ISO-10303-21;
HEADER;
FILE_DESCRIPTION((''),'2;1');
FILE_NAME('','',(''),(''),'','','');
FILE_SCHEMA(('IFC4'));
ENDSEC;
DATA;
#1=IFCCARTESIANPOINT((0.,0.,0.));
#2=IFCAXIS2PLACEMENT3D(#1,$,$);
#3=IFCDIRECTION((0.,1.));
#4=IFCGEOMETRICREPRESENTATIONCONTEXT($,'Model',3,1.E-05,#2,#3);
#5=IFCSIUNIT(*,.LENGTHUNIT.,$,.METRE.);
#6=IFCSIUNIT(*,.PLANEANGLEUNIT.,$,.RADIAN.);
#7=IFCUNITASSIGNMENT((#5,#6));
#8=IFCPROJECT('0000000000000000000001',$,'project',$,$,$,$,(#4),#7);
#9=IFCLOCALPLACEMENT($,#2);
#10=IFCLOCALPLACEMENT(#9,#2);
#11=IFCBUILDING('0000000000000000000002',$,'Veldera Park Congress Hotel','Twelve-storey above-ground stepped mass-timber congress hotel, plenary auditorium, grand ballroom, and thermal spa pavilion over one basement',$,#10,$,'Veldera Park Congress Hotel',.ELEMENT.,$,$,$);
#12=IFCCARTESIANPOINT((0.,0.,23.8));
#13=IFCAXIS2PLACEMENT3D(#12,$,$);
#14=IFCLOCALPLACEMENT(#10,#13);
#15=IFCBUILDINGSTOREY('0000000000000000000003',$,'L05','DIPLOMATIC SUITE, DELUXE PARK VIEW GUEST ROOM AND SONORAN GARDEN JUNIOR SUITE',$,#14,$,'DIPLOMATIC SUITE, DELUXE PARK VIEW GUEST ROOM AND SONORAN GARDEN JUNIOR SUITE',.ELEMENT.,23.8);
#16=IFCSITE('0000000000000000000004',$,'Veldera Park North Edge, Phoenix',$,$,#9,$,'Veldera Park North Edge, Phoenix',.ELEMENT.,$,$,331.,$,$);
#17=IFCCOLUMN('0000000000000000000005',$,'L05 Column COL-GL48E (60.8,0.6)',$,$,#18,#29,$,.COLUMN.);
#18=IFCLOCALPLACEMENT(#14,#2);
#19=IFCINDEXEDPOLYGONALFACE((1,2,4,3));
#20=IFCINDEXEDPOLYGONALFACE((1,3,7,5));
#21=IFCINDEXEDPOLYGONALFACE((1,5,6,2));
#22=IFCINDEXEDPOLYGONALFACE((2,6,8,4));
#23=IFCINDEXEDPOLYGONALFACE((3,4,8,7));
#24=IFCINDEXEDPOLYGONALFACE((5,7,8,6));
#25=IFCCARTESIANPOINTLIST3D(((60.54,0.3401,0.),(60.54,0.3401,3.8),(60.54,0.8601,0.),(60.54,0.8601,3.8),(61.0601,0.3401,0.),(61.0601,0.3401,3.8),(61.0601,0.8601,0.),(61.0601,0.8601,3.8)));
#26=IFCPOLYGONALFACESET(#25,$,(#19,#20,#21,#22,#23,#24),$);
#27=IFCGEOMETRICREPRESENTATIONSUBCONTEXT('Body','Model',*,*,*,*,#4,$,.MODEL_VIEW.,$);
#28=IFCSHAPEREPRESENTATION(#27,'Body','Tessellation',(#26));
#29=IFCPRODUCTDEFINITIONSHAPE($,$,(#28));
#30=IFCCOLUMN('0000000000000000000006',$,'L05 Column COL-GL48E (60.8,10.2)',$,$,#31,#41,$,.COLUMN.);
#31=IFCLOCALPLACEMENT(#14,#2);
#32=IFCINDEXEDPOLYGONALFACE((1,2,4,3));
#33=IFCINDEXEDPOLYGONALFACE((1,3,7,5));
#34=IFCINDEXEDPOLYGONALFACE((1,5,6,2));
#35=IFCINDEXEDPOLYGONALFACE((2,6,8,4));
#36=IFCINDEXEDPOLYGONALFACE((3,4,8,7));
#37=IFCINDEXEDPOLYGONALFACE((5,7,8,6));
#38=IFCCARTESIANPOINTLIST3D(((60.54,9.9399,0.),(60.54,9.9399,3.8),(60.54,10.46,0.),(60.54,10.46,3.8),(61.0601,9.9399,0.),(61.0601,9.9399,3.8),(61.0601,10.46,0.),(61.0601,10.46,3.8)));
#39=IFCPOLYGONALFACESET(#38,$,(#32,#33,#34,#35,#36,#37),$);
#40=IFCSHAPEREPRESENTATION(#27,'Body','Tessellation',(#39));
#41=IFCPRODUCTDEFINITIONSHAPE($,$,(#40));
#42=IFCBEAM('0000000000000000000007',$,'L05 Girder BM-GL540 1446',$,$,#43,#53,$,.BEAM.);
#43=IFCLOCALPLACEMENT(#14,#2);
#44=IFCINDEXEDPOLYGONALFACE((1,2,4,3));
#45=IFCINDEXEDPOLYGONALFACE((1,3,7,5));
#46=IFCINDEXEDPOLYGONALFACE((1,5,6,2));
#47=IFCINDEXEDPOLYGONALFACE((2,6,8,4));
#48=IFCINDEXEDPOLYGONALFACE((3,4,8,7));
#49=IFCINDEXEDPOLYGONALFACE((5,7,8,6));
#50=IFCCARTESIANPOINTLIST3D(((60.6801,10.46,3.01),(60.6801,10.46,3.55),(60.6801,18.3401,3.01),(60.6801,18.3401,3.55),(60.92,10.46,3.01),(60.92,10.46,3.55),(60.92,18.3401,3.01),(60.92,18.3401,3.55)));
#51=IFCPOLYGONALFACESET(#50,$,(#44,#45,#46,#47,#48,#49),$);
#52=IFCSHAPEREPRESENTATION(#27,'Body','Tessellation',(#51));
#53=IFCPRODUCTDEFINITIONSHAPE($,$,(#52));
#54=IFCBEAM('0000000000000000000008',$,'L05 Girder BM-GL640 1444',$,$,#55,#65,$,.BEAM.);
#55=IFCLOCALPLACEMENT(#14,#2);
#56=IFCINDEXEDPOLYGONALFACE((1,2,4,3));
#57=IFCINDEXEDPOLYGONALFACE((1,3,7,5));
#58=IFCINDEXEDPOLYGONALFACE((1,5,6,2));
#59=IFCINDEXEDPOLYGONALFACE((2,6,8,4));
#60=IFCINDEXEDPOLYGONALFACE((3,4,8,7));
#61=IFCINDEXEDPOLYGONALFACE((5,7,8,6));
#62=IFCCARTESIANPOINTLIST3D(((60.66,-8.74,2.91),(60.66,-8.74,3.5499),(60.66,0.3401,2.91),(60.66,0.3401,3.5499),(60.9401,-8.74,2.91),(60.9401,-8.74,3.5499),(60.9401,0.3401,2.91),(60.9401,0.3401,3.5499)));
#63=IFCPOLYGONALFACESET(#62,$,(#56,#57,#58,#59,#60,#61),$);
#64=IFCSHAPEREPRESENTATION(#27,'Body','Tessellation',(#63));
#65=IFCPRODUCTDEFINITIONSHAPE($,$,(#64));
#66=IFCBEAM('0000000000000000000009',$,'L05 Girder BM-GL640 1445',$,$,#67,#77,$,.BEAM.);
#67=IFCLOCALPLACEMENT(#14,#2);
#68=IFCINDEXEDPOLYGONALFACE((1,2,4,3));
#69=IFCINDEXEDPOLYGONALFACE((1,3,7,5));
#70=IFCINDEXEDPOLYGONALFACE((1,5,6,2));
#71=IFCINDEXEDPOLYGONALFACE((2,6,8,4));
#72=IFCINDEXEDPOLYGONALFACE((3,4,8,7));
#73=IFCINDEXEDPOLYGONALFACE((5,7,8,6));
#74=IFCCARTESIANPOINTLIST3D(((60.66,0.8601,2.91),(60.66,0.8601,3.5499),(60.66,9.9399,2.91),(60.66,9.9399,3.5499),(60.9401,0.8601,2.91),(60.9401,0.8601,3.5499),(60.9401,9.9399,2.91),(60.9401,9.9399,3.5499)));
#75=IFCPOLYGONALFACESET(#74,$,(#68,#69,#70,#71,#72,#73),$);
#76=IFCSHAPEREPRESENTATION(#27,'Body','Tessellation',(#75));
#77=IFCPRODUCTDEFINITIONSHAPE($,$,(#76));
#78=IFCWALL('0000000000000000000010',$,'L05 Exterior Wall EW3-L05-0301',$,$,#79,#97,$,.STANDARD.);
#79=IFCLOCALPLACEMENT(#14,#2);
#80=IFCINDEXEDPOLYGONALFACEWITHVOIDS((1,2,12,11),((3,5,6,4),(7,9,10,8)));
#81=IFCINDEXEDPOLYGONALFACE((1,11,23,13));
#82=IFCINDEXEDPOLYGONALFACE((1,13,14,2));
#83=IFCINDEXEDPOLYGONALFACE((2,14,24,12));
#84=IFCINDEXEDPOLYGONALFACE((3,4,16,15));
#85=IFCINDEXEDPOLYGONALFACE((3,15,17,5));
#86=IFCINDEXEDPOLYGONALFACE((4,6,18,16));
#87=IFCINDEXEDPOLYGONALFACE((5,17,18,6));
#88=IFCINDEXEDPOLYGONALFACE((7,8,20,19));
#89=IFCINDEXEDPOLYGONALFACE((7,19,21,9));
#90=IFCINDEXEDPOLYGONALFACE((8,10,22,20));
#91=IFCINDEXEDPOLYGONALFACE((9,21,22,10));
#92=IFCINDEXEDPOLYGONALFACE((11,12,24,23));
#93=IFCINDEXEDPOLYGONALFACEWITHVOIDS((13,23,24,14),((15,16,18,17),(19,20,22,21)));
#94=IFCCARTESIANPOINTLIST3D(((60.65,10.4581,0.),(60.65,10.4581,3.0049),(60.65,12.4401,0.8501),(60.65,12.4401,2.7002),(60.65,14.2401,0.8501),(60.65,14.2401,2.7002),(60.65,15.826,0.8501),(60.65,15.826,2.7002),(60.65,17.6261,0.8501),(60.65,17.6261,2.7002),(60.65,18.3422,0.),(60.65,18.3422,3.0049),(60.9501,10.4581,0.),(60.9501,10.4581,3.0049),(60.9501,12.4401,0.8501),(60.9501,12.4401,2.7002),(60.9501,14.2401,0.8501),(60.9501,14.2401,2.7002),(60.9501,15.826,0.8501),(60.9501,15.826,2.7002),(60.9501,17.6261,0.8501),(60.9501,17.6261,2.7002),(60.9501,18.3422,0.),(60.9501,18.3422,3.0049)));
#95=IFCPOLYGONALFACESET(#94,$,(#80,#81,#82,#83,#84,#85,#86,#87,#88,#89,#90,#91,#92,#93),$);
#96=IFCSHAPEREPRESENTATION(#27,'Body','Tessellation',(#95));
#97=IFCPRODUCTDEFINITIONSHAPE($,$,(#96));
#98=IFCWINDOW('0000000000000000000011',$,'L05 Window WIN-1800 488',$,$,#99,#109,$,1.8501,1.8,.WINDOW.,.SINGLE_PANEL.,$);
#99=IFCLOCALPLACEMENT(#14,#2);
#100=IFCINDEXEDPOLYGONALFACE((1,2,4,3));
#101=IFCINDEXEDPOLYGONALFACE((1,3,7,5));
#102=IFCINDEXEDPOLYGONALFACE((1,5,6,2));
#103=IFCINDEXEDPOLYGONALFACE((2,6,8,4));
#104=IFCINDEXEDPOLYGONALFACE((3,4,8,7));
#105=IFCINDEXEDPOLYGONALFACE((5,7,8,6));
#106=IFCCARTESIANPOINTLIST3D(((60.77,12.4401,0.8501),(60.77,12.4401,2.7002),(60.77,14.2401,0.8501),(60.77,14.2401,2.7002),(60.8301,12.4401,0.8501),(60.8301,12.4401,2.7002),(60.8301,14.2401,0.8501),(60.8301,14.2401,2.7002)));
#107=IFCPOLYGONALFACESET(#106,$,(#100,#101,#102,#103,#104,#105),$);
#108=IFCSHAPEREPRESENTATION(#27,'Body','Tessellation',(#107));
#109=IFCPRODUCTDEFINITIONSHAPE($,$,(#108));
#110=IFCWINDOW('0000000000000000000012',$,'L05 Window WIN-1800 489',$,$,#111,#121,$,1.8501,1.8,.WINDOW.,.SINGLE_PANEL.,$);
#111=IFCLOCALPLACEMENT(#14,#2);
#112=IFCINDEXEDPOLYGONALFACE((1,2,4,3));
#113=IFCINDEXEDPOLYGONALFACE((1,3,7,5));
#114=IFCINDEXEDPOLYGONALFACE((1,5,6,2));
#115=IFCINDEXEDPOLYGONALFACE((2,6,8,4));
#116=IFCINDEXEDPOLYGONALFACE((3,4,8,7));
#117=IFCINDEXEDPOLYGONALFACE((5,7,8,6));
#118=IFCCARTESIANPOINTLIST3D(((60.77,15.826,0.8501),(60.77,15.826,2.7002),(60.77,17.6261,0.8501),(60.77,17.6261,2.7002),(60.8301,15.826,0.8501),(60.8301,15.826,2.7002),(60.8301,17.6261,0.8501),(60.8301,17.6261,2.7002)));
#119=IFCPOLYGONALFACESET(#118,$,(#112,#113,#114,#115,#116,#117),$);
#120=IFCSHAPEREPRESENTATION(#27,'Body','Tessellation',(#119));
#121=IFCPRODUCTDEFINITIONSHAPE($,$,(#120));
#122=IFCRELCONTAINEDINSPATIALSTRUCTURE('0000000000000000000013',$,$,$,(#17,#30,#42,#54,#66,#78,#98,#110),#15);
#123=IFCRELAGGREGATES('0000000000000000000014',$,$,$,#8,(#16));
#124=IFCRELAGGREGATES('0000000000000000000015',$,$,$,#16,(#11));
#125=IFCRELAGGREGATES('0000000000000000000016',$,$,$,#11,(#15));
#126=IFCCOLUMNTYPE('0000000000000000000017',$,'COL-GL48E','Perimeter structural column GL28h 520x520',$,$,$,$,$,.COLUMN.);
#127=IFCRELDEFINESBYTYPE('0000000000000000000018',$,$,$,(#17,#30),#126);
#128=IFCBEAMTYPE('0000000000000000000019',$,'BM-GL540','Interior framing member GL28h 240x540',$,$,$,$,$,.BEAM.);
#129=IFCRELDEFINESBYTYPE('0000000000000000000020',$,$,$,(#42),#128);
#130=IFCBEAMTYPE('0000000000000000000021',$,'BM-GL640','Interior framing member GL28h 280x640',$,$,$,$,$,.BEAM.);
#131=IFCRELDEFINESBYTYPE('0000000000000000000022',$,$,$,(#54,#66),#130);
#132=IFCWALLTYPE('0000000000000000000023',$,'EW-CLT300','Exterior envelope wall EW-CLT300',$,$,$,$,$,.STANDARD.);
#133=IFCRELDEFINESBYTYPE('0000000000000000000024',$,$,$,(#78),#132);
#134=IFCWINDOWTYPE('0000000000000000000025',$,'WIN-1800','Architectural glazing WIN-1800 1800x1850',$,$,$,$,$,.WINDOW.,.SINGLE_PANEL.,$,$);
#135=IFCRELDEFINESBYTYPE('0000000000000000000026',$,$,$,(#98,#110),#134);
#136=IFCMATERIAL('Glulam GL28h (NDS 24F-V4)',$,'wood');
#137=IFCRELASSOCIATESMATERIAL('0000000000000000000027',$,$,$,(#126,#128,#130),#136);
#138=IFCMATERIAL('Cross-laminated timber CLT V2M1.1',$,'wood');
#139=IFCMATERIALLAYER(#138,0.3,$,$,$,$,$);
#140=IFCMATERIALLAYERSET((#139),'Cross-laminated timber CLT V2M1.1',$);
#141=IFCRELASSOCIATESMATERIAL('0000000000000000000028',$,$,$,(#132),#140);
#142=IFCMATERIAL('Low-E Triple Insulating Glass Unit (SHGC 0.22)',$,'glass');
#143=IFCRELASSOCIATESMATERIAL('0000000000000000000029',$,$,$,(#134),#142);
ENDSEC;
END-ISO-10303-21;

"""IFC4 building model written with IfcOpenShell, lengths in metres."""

from ifc_helpers import new_model, si_unit, direction, frame, frame_2d, origin, origin_2d, place, context, subcontext, project, spatial, rectangle, extrude, material, layer, layer_set, material_profile, profile_set, type_object, element, fill, save


model = new_model("IFC4")

# Units and contexts
model_context = context("Model", 3, precision=1e-05, world=origin(), true_north=direction((0.0, 1.0)))
body_context = subcontext(model_context, "Body", "Model", "MODEL_VIEW")
ifc_project = project(units=[si_unit("LENGTHUNIT", "METRE"), si_unit("PLANEANGLEUNIT", "RADIAN")], contexts=[model_context])

# Site, building, storey
site_placement = place(None, origin())
site = spatial("IfcSite", under=ifc_project, at=site_placement, Name="Veldera Park North Edge, Phoenix", LongName="Veldera Park North Edge, Phoenix", CompositionType="ELEMENT", RefElevation=331.0)
building_placement = place(site_placement, origin())
building = spatial("IfcBuilding", under=site, at=building_placement, Name="Veldera Park Congress Hotel", Description="Twelve-storey above-ground stepped mass-timber congress hotel, plenary auditorium, grand ballroom, and thermal spa pavilion over one basement", LongName="Veldera Park Congress Hotel", CompositionType="ELEMENT")
storey_placement = place(building_placement, frame((0.0, 0.0, 23.8)))
storey = spatial("IfcBuildingStorey", under=building, at=storey_placement, Name="L05", Description="DIPLOMATIC SUITE, DELUXE PARK VIEW GUEST ROOM AND SONORAN GARDEN JUNIOR SUITE", LongName="DIPLOMATIC SUITE, DELUXE PARK VIEW GUEST ROOM AND SONORAN GARDEN JUNIOR SUITE", CompositionType="ELEMENT", Elevation=23.8)

# Columns
ifc_material_1 = material(Name="Glulam GL28h (NDS 24F-V4)", Category="wood")
ifc_material_profile_1 = material_profile(ifc_material_1, rectangle(XDim=0.52, YDim=0.52, at=origin_2d()), Name="GL28h 520x520")
ifc_profile_set_1 = profile_set([ifc_material_profile_1], Name="Glulam GL28h (NDS 24F-V4)")
column_type = type_object("IfcColumnType", Name="COL-GL48E", Description="Perimeter structural column GL28h 520x520", PredefinedType="COLUMN", material=ifc_profile_set_1)
for number, where, z_axis, x_axis, name in (
    (1, (60.8, 0.6001, 0.0), (0.0, 0.0, 1.0), (1.0, 0.0, 0.0), "L05 Column COL-GL48E (60.8,0.6)"),
    (2, (60.8, 10.2, 0.0), (0.0, 0.0, 1.0), (1.0, 0.0, 0.0), "L05 Column COL-GL48E (60.8,10.2)"),
):
    element("IfcColumn", number, at=place(storey_placement, frame(where, z_axis=z_axis, x_axis=x_axis)), inside=storey, type_object=column_type, Name=name, PredefinedType="COLUMN", context=body_context, shape_type="SweptSolid", body=[
        extrude(rectangle(XDim=0.52, YDim=0.52, at=origin_2d()), origin(), (0.0, 0.0, 1.0), 3.8),
    ])

# Beams
ifc_material_profile_2 = material_profile(ifc_material_1, rectangle(XDim=0.24, YDim=0.54, at=origin_2d()), Name="GL28h 240x540")
ifc_profile_set_2 = profile_set([ifc_material_profile_2], Name="Glulam GL28h (NDS 24F-V4)")
beam_type_1 = type_object("IfcBeamType", Name="BM-GL540", Description="Interior framing member GL28h 240x540", PredefinedType="BEAM", material=ifc_profile_set_2)
beam_1_placement = place(storey_placement, frame((60.8, 10.46, 3.28), z_axis=(0.0, 1.0, 0.0), x_axis=(-1.0, 0.0, 0.0)))
element("IfcBeam", 3, at=beam_1_placement, inside=storey, type_object=beam_type_1, Name="L05 Girder BM-GL540 1446", PredefinedType="BEAM", context=body_context, shape_type="SweptSolid", body=[
    extrude(rectangle(XDim=0.24, YDim=0.54, at=origin_2d()), origin(), (0.0, 0.0, 1.0), 7.8801),
])
ifc_material_profile_3 = material_profile(ifc_material_1, rectangle(XDim=0.28, YDim=0.6399, at=origin_2d()), Name="GL28h 280x640")
ifc_profile_set_3 = profile_set([ifc_material_profile_3], Name="Glulam GL28h (NDS 24F-V4)")
beam_type_2 = type_object("IfcBeamType", Name="BM-GL640", Description="Interior framing member GL28h 280x640", PredefinedType="BEAM", material=ifc_profile_set_3)
beam_2_placement = place(storey_placement, frame((60.8, -8.74, 3.23), z_axis=(0.0, 1.0, 0.0), x_axis=(-1.0, 0.0, 0.0)))
element("IfcBeam", 4, at=beam_2_placement, inside=storey, type_object=beam_type_2, Name="L05 Girder BM-GL640 1444", PredefinedType="BEAM", context=body_context, shape_type="SweptSolid", body=[
    extrude(rectangle(XDim=0.28, YDim=0.6399, at=origin_2d()), origin(), (0.0, 0.0, 1.0), 9.0801),
])
beam_3_placement = place(storey_placement, frame((60.8, 0.8601, 3.23), z_axis=(0.0, 1.0, 0.0), x_axis=(-1.0, 0.0, 0.0)))
element("IfcBeam", 5, at=beam_3_placement, inside=storey, type_object=beam_type_2, Name="L05 Girder BM-GL640 1445", PredefinedType="BEAM", context=body_context, shape_type="SweptSolid", body=[
    extrude(rectangle(XDim=0.28, YDim=0.6399, at=origin_2d()), origin(), (0.0, 0.0, 1.0), 9.0798),
])

# Wall, openings, windows
ifc_material_2 = material(Name="Cross-laminated timber CLT V2M1.1", Category="wood")
ifc_layer_1 = layer(ifc_material_2, 0.3)
ifc_layer_set_1 = layer_set([ifc_layer_1], Name="Cross-laminated timber CLT V2M1.1")
wall_type_1 = type_object("IfcWallType", Name="EW-CLT300", Description="Exterior envelope wall EW-CLT300", PredefinedType="STANDARD", material=ifc_layer_set_1)
wall_1_placement = place(storey_placement, frame((60.8, 18.342, 0.0), z_axis=(0.0, 0.0, 1.0), x_axis=(0.0, -1.0, 0.0)))
wall_1 = element("IfcWall", 6, at=wall_1_placement, inside=storey, type_object=wall_type_1, Name="L05 Exterior Wall EW3-L05-0301", PredefinedType="STANDARD", context=body_context, shape_type="SweptSolid", body=[
    extrude(rectangle(XDim=7.884, YDim=0.3, at=frame_2d((3.9419, 0.0))), origin(), (0.0, 0.0, 1.0), 3.0049),
])
opening_1_placement = place(wall_1_placement, frame((4.1021, 0.0, 0.8501)))
opening_1 = element("IfcOpeningElement", 7, at=opening_1_placement, cuts=wall_1, PredefinedType="OPENING", context=body_context, shape_type="SweptSolid", body=[
    extrude(rectangle(XDim=1.8, YDim=1.8501, at=frame_2d((0.8999, 0.925))), frame((0.0, 0.1621, 0.0), z_axis=(0.0, -1.0, 0.0), x_axis=(1.0, 0.0, 0.0)), (0.0, 0.0, 1.0), 0.324),
])
opening_2_placement = place(wall_1_placement, frame((0.7161, 0.0, 0.8501)))
opening_2 = element("IfcOpeningElement", 8, at=opening_2_placement, cuts=wall_1, PredefinedType="OPENING", context=body_context, shape_type="SweptSolid", body=[
    extrude(rectangle(XDim=1.8, YDim=1.8501, at=frame_2d((0.8999, 0.925))), frame((0.0, 0.1621, 0.0), z_axis=(0.0, -1.0, 0.0), x_axis=(1.0, 0.0, 0.0)), (0.0, 0.0, 1.0), 0.324),
])
ifc_material_3 = material(Name="Low-E Triple Insulating Glass Unit (SHGC 0.22)", Category="glass")
window_type_1 = type_object("IfcWindowType", Name="WIN-1800", Description="Architectural glazing WIN-1800 1800x1850", PartitioningType="SINGLE_PANEL", PredefinedType="WINDOW", material=ifc_material_3)
window_1_placement = place(opening_1_placement, origin())
window_1 = element("IfcWindow", 9, at=window_1_placement, inside=storey, type_object=window_type_1, Name="L05 Window WIN-1800 488", OverallHeight=1.8501, OverallWidth=1.8, PartitioningType="SINGLE_PANEL", PredefinedType="WINDOW", context=body_context, shape_type="SweptSolid", body=[
    extrude(rectangle(XDim=1.8, YDim=1.8501, at=frame_2d((0.8999, 0.925))), frame((0.0, 0.03, 0.0), z_axis=(0.0, -1.0, 0.0), x_axis=(1.0, 0.0, 0.0)), (0.0, 0.0, 1.0), 0.0601),
])
fill(opening_1, window_1)
window_2_placement = place(opening_2_placement, origin())
window_2 = element("IfcWindow", 10, at=window_2_placement, inside=storey, type_object=window_type_1, Name="L05 Window WIN-1800 489", OverallHeight=1.8501, OverallWidth=1.8, PartitioningType="SINGLE_PANEL", PredefinedType="WINDOW", context=body_context, shape_type="SweptSolid", body=[
    extrude(rectangle(XDim=1.8, YDim=1.8501, at=frame_2d((0.8999, 0.925))), frame((0.0, 0.03, 0.0), z_axis=(0.0, -1.0, 0.0), x_axis=(1.0, 0.0, 0.0)), (0.0, 0.0, 1.0), 0.0601),
])
fill(opening_2, window_2)

save(model, "model.ifc")
